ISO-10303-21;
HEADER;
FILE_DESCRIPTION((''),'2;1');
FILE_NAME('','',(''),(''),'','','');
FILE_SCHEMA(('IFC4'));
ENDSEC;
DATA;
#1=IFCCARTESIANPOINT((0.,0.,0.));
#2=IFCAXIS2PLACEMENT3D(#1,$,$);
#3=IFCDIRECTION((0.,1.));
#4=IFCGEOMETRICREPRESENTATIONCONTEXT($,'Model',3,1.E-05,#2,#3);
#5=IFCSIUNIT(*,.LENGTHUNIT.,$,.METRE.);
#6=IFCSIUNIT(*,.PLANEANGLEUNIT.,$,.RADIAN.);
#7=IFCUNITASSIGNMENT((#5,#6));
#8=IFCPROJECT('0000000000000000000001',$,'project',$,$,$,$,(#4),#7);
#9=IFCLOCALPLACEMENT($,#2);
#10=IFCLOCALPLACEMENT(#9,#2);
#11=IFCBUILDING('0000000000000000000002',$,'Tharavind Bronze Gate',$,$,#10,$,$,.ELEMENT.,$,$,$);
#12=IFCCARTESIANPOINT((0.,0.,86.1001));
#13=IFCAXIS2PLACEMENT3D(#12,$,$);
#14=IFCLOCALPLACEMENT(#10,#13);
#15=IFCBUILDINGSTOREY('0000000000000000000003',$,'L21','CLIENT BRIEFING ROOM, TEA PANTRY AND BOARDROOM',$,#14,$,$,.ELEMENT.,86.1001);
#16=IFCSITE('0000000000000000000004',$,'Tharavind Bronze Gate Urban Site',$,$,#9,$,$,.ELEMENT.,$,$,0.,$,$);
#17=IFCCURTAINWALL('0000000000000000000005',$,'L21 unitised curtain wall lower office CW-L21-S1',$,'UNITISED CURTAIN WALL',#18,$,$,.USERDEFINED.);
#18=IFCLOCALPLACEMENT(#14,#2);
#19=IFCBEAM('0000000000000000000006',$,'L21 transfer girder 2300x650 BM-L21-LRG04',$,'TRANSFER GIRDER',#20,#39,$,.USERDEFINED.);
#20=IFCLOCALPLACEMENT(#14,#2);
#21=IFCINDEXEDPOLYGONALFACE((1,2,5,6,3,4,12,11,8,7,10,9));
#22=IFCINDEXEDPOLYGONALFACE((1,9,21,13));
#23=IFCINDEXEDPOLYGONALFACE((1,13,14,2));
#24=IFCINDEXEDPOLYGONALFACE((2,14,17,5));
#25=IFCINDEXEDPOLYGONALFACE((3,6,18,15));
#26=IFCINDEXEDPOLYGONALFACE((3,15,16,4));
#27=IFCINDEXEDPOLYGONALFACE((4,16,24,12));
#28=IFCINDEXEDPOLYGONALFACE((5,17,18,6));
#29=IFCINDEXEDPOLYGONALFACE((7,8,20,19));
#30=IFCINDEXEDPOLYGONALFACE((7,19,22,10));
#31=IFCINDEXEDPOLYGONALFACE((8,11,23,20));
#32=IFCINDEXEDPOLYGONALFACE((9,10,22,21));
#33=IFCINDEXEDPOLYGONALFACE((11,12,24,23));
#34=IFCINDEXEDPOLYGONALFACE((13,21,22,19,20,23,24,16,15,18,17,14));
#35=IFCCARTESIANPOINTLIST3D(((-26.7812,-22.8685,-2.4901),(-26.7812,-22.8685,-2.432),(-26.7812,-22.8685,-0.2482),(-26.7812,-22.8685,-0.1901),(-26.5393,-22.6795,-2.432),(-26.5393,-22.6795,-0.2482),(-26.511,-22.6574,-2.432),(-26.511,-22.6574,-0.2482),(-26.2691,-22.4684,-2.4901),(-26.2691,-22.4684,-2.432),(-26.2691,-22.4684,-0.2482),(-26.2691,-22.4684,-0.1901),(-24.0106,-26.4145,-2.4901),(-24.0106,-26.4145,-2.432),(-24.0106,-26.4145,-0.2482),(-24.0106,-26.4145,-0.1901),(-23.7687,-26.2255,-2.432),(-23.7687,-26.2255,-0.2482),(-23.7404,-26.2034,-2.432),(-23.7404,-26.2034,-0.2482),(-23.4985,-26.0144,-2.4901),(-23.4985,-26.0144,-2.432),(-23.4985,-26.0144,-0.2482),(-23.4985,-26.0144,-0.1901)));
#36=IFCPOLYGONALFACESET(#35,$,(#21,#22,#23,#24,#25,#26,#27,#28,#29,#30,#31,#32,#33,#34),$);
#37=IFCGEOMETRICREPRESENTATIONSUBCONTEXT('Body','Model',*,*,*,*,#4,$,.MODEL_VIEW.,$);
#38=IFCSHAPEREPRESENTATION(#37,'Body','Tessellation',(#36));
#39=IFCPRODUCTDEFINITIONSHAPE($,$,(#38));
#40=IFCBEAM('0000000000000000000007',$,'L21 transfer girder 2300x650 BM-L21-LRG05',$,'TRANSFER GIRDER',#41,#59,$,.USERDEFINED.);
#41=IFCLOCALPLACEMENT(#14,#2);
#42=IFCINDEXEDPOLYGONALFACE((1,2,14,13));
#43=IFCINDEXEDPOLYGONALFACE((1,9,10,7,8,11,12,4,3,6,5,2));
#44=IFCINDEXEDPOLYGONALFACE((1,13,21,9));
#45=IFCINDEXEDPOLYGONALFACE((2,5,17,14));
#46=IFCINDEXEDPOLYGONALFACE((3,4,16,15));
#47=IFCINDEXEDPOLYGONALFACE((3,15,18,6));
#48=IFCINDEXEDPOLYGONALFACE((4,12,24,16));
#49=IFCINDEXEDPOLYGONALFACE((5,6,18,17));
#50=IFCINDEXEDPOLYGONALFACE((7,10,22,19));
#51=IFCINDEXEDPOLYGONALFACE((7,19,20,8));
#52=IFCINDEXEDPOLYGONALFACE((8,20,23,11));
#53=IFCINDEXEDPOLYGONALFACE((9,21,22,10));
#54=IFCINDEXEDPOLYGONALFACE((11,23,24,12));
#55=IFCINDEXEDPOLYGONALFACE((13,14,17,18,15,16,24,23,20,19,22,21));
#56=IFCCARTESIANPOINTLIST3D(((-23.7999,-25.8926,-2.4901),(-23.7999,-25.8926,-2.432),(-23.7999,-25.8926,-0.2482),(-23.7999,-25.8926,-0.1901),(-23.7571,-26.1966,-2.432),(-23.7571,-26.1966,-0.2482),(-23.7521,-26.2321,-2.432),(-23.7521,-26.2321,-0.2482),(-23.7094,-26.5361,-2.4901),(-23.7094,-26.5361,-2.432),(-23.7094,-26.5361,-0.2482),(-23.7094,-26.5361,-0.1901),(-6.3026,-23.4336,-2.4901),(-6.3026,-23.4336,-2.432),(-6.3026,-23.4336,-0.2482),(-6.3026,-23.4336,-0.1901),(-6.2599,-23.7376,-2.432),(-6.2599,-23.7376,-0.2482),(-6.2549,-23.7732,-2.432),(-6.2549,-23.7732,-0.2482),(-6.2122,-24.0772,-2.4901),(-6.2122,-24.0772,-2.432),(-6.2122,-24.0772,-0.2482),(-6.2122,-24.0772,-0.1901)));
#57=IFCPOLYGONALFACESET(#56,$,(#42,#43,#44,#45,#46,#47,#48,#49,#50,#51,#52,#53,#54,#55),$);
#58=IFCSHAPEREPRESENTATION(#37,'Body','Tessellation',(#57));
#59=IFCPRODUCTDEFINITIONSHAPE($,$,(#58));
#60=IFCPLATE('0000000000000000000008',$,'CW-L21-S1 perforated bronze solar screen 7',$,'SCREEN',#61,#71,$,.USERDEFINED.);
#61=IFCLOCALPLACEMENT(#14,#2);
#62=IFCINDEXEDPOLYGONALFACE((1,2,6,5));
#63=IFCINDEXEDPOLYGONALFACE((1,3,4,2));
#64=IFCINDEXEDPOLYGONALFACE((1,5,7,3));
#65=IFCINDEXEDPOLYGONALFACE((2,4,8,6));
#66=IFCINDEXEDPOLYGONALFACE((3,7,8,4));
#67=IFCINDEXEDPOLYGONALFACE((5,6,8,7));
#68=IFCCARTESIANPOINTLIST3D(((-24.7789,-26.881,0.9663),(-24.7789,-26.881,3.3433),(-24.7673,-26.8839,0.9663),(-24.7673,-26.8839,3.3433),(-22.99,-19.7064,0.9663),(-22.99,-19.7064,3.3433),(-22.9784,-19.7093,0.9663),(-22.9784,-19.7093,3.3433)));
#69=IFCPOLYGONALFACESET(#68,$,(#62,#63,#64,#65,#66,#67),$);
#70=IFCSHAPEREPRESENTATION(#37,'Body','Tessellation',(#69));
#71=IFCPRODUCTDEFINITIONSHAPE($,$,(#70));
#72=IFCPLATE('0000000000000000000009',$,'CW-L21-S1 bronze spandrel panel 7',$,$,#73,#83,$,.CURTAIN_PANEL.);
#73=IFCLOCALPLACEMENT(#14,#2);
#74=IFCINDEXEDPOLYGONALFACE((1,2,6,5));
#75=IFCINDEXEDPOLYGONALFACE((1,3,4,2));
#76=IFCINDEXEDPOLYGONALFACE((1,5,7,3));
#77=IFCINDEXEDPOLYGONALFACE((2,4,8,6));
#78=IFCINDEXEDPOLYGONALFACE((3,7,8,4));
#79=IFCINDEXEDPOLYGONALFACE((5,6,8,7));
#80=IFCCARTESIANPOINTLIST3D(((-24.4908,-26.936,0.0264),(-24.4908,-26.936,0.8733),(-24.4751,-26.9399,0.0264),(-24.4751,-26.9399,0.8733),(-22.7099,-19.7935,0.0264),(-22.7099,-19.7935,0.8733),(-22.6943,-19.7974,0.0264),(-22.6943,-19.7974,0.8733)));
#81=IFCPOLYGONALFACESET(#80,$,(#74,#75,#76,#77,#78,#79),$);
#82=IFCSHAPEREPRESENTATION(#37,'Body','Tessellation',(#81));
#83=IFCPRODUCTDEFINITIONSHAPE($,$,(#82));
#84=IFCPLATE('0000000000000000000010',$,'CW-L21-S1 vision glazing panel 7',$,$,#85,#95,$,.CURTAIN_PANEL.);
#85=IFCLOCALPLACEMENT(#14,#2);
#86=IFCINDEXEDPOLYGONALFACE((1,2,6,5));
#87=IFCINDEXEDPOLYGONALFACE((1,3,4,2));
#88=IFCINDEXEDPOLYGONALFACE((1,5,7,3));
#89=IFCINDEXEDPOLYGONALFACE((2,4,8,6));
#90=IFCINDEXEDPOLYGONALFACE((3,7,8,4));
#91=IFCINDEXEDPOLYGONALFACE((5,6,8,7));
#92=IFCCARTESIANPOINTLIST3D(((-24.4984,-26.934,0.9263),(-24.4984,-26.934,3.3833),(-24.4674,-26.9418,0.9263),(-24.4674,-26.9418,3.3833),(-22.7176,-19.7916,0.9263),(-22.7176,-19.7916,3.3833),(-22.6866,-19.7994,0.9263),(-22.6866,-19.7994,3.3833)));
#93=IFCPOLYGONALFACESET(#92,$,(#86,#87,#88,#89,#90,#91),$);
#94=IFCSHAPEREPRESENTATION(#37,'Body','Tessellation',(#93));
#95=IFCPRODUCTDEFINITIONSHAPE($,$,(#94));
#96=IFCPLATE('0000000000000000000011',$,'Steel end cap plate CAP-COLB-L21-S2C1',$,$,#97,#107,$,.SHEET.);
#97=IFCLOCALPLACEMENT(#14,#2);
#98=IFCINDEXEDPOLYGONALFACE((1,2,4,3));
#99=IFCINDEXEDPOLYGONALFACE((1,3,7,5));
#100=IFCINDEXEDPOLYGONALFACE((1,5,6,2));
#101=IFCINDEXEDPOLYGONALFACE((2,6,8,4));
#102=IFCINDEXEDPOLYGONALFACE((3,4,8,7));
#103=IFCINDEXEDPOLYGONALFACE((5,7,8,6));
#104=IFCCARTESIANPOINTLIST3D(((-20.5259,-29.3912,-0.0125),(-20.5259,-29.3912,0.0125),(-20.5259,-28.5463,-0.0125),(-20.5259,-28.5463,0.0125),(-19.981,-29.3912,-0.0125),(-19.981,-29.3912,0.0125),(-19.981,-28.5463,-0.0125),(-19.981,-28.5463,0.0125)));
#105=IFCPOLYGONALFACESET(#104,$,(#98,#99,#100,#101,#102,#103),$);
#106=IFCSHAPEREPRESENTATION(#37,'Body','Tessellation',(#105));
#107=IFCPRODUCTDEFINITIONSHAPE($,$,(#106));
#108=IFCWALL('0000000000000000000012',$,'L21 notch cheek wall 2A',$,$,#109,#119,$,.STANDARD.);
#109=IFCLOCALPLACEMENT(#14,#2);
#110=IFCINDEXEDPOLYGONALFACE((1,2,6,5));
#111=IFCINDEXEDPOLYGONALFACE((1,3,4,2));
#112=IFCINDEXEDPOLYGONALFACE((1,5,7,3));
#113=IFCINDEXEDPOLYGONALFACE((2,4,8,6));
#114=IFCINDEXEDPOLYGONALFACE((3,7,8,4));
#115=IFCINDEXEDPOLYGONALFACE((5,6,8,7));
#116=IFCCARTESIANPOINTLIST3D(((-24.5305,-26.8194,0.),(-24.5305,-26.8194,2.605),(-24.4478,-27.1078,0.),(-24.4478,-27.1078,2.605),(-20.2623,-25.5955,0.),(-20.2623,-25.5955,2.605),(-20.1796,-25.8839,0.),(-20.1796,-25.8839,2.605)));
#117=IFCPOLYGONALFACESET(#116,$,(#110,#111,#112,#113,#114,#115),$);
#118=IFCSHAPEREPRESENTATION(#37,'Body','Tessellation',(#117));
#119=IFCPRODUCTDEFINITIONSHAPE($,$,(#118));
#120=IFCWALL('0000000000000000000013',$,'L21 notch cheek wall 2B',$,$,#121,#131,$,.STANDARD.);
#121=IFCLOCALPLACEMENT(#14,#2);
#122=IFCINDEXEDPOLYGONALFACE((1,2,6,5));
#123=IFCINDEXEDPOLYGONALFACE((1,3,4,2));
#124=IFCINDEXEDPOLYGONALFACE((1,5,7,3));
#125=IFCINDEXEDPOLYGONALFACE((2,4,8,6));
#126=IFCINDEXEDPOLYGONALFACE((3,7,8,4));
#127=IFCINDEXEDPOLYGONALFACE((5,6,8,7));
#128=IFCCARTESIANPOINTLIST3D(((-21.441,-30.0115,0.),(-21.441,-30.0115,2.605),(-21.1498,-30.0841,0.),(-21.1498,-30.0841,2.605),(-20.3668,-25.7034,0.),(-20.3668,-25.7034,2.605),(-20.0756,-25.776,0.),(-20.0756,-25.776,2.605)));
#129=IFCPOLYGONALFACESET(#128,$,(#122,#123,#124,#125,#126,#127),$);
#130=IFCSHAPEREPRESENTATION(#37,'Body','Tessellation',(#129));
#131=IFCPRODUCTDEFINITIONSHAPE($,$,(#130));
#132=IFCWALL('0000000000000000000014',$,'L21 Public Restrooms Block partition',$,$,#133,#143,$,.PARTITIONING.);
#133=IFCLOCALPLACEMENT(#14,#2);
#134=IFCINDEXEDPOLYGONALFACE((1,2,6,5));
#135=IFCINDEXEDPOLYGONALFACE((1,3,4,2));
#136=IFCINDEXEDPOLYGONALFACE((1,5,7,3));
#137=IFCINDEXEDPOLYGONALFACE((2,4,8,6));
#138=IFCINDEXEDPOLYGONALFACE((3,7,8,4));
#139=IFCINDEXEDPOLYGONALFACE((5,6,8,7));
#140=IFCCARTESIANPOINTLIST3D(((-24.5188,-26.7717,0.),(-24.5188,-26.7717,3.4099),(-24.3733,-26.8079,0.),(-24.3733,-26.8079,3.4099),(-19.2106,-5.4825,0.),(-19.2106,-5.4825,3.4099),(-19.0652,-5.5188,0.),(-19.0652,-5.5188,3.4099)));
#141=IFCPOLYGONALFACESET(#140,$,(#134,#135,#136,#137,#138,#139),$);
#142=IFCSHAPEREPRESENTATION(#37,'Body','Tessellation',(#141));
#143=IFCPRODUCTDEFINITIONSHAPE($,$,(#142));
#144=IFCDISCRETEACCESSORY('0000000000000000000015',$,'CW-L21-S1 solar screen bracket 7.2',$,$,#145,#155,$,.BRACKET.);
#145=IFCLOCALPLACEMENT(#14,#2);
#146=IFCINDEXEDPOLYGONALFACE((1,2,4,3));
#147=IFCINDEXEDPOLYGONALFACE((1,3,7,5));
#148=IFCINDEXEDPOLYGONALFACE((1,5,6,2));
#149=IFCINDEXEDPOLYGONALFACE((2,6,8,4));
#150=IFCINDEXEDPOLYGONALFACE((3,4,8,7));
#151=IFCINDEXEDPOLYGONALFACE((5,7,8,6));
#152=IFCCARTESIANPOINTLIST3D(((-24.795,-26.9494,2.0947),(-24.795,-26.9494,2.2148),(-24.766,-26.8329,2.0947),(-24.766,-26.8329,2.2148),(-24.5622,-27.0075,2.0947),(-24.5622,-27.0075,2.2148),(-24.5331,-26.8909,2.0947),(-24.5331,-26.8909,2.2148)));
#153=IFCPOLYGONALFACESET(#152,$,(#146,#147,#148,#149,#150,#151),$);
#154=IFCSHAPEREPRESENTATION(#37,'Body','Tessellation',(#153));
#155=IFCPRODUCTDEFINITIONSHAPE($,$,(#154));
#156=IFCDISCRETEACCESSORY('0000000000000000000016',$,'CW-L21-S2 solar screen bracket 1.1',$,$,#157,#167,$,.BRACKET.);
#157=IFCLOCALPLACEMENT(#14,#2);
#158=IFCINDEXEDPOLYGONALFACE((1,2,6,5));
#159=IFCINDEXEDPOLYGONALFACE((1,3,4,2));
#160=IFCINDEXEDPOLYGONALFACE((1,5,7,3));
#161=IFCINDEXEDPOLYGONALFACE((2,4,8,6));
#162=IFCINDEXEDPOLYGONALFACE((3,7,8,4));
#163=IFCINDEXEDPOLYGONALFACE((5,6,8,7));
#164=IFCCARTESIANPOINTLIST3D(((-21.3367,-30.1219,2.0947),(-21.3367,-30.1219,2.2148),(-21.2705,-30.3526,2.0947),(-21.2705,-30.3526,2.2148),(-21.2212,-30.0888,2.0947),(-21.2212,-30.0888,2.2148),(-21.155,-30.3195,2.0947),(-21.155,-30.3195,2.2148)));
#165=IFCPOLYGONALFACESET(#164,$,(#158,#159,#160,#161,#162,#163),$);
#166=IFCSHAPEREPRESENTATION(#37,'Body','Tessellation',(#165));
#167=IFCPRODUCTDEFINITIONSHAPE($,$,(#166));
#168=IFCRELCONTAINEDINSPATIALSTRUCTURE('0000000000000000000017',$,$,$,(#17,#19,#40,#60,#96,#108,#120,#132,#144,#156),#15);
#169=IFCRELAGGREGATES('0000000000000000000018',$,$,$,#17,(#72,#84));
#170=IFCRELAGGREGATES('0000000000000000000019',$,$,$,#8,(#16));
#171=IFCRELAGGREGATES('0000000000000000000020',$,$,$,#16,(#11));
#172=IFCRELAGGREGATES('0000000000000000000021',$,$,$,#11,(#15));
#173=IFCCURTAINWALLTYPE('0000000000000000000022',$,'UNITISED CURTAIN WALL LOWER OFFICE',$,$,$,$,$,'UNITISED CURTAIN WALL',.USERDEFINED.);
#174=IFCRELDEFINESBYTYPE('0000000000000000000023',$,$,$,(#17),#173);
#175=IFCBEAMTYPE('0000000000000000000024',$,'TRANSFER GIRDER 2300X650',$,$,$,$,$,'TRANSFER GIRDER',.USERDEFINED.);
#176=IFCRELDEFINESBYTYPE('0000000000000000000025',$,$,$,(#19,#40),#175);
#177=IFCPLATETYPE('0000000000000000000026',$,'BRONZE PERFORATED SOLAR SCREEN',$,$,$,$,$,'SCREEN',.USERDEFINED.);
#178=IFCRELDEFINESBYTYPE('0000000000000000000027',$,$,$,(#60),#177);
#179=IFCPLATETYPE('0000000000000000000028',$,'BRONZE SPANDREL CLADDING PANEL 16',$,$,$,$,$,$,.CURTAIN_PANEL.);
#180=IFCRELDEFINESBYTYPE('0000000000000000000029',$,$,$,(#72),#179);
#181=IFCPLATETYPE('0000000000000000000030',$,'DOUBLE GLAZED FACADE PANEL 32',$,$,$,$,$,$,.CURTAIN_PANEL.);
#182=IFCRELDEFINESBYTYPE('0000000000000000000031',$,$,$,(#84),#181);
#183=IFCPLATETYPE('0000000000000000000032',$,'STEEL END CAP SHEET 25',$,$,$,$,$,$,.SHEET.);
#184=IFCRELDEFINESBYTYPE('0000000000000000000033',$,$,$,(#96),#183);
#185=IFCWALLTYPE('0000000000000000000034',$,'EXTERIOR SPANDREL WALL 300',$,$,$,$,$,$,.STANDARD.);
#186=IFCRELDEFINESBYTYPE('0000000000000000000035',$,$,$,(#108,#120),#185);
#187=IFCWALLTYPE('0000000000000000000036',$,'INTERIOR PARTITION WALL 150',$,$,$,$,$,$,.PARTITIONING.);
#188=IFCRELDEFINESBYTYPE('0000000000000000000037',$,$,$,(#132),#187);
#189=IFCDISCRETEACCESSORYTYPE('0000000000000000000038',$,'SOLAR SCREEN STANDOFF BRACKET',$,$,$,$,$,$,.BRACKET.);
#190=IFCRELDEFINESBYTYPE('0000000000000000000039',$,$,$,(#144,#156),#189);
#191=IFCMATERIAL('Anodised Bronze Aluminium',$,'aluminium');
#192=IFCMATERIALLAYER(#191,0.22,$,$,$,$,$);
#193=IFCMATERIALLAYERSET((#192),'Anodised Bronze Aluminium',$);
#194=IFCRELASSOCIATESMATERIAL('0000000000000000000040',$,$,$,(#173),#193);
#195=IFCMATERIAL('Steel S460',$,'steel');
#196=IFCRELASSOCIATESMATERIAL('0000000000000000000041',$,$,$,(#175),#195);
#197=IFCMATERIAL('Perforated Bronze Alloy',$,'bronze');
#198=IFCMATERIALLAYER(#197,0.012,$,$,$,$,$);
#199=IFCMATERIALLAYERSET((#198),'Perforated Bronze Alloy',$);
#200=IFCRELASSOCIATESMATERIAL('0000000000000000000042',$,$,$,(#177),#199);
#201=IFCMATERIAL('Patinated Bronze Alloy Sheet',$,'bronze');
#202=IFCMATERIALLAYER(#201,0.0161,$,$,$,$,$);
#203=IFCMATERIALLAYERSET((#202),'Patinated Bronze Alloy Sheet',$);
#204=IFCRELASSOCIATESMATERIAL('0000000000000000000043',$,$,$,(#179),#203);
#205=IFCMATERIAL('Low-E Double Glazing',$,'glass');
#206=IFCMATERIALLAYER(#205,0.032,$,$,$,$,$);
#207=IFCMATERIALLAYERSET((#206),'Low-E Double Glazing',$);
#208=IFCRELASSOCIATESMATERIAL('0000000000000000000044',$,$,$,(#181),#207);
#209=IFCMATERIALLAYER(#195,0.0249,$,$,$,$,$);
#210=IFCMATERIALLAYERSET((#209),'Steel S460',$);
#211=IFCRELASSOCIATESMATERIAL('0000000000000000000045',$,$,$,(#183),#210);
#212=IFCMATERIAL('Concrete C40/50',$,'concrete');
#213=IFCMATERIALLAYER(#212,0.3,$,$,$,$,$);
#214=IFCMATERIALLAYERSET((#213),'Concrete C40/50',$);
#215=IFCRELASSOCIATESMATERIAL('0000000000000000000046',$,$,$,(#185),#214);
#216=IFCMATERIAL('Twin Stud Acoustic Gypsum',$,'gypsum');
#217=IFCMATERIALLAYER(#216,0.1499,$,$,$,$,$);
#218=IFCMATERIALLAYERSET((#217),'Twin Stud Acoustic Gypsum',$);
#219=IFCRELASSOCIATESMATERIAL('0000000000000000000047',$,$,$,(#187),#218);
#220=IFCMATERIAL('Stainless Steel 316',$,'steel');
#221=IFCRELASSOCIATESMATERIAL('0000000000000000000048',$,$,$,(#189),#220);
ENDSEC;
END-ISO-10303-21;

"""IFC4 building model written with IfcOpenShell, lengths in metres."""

from ifc_helpers import new_model, si_unit, direction, frame, frame_2d, origin, origin_2d, place, context, subcontext, project, spatial, rectangle, i_section, extrude, material, layer, layer_set, material_profile, profile_set, type_object, element, aggregate, save


model = new_model("IFC4")

# Units and contexts
model_context = context("Model", 3, precision=1e-05, world=origin(), true_north=direction((0.0, 1.0)))
body_context = subcontext(model_context, "Body", "Model", "MODEL_VIEW")
ifc_project = project(units=[si_unit("LENGTHUNIT", "METRE"), si_unit("PLANEANGLEUNIT", "RADIAN")], contexts=[model_context])

# Site, building, storey
site_placement = place(None, origin())
site = spatial("IfcSite", under=ifc_project, at=site_placement, Name="Tharavind Bronze Gate Urban Site", CompositionType="ELEMENT", RefElevation=0.0)
building_placement = place(site_placement, origin())
building = spatial("IfcBuilding", under=site, at=building_placement, Name="Tharavind Bronze Gate", CompositionType="ELEMENT")
storey_placement = place(building_placement, frame((0.0, 0.0, 86.1001)))
storey = spatial("IfcBuildingStorey", under=building, at=storey_placement, Name="L21", Description="CLIENT BRIEFING ROOM, TEA PANTRY AND BOARDROOM", CompositionType="ELEMENT", Elevation=86.1001)

# Shared definitions
ifc_material_1 = material(Name="Steel S460", Category="steel")

# Curtain wall
ifc_material_2 = material(Name="Anodised Bronze Aluminium", Category="aluminium")
ifc_layer_1 = layer(ifc_material_2, 0.22)
ifc_layer_set_1 = layer_set([ifc_layer_1], Name="Anodised Bronze Aluminium")
curtain_wall_type = type_object("IfcCurtainWallType", Name="UNITISED CURTAIN WALL LOWER OFFICE", ElementType="UNITISED CURTAIN WALL", PredefinedType="USERDEFINED", material=ifc_layer_set_1)
curtain_wall_1_placement = place(storey_placement, origin())
curtain_wall_1 = element("IfcCurtainWall", 1, at=curtain_wall_1_placement, inside=storey, type_object=curtain_wall_type, Name="L21 unitised curtain wall lower office CW-L21-S1", ObjectType="UNITISED CURTAIN WALL", PredefinedType="USERDEFINED")

# Beams
ifc_material_profile_1 = material_profile(ifc_material_1, i_section(OverallWidth=0.6499, OverallDepth=2.3, WebThickness=0.0359, FlangeThickness=0.0581, at=origin_2d()), Name="PG2300X650")
ifc_profile_set_1 = profile_set([ifc_material_profile_1], Name="Steel S460")
beam_type_1 = type_object("IfcBeamType", Name="TRANSFER GIRDER 2300X650", ElementType="TRANSFER GIRDER", PredefinedType="USERDEFINED", material=ifc_profile_set_1)
beam_1_placement = place(storey_placement, frame((-26.5251, -22.6685, -1.3401), z_axis=(0.615682, -0.787995, 0.0), x_axis=(0.787995, 0.615682, 0.0)))
element("IfcBeam", 2, at=beam_1_placement, inside=storey, type_object=beam_type_1, Name="L21 transfer girder 2300x650 BM-L21-LRG04", ObjectType="TRANSFER GIRDER", PredefinedType="USERDEFINED", context=body_context, shape_type="SweptSolid", body=[
    extrude(i_section(OverallWidth=0.6499, OverallDepth=2.3, WebThickness=0.0359, FlangeThickness=0.0581, at=origin_2d()), origin(), (0.0, 0.0, 1.0), 4.5),
])
beam_2_placement = place(storey_placement, frame((-23.7546, -26.2144, -1.3401), z_axis=(0.990269, 0.139167, 0.0), x_axis=(-0.139167, 0.990269, 0.0)))
element("IfcBeam", 3, at=beam_2_placement, inside=storey, type_object=beam_type_1, Name="L21 transfer girder 2300x650 BM-L21-LRG05", ObjectType="TRANSFER GIRDER", PredefinedType="USERDEFINED", context=body_context, shape_type="SweptSolid", body=[
    extrude(i_section(OverallWidth=0.6499, OverallDepth=2.3, WebThickness=0.0359, FlangeThickness=0.0581, at=origin_2d()), origin(), (0.0, 0.0, 1.0), 17.6692),
])

# Plates
ifc_material_3 = material(Name="Perforated Bronze Alloy", Category="bronze")
ifc_layer_2 = layer(ifc_material_3, 0.012)
ifc_layer_set_2 = layer_set([ifc_layer_2], Name="Perforated Bronze Alloy")
plate_type_1 = type_object("IfcPlateType", Name="BRONZE PERFORATED SOLAR SCREEN", ElementType="SCREEN", PredefinedType="USERDEFINED", material=ifc_layer_set_2)
plate_1_placement = place(storey_placement, frame((-23.8787, -23.2952, 0.9663), z_axis=(0.0, 0.0, 1.0), x_axis=(-0.241922, -0.970296, 0.0)))
element("IfcPlate", 4, at=plate_1_placement, inside=storey, type_object=plate_type_1, Name="CW-L21-S1 perforated bronze solar screen 7", ObjectType="SCREEN", PredefinedType="USERDEFINED", context=body_context, shape_type="SweptSolid", body=[
    extrude(rectangle(XDim=7.3943, YDim=0.012, at=origin_2d()), origin(), (0.0, 0.0, 1.0), 2.377),
])
ifc_material_4 = material(Name="Patinated Bronze Alloy Sheet", Category="bronze")
ifc_layer_3 = layer(ifc_material_4, 0.0161)
ifc_layer_set_3 = layer_set([ifc_layer_3], Name="Patinated Bronze Alloy Sheet")
plate_type_2 = type_object("IfcPlateType", Name="BRONZE SPANDREL CLADDING PANEL 16", PredefinedType="CURTAIN_PANEL", material=ifc_layer_set_3)
plate_2_placement = place(storey_placement, frame((-23.5925, -23.3667, 0.0264), z_axis=(0.0, 0.0, 1.0), x_axis=(-0.241922, -0.970296, 0.0)))
plate_2 = element("IfcPlate", 5, at=plate_2_placement, type_object=plate_type_2, Name="CW-L21-S1 bronze spandrel panel 7", PredefinedType="CURTAIN_PANEL", context=body_context, shape_type="SweptSolid", body=[
    extrude(rectangle(XDim=7.3611, YDim=0.0161, at=origin_2d()), origin(), (0.0, 0.0, 1.0), 0.8469),
])
ifc_material_5 = material(Name="Low-E Double Glazing", Category="glass")
ifc_layer_4 = layer(ifc_material_5, 0.032)
ifc_layer_set_4 = layer_set([ifc_layer_4], Name="Low-E Double Glazing")
plate_type_3 = type_object("IfcPlateType", Name="DOUBLE GLAZED FACADE PANEL 32", PredefinedType="CURTAIN_PANEL", material=ifc_layer_set_4)
plate_3_placement = place(storey_placement, frame((-23.5925, -23.3667, 0.9263), z_axis=(0.0, 0.0, 1.0), x_axis=(-0.241922, -0.970296, 0.0)))
plate_3 = element("IfcPlate", 6, at=plate_3_placement, type_object=plate_type_3, Name="CW-L21-S1 vision glazing panel 7", PredefinedType="CURTAIN_PANEL", context=body_context, shape_type="SweptSolid", body=[
    extrude(rectangle(XDim=7.3611, YDim=0.032, at=origin_2d()), origin(), (0.0, 0.0, 1.0), 2.457),
])
aggregate(curtain_wall_1, [plate_2, plate_3])
ifc_layer_5 = layer(ifc_material_1, 0.0249)
ifc_layer_set_5 = layer_set([ifc_layer_5], Name="Steel S460")
plate_type_4 = type_object("IfcPlateType", Name="STEEL END CAP SHEET 25", PredefinedType="SHEET", material=ifc_layer_set_5)
plate_4_placement = place(storey_placement, frame((-20.2534, -28.9688, -0.0125), z_axis=(0.0, 0.0, 1.0), x_axis=(1.0, 0.0, 0.0)))
element("IfcPlate", 7, at=plate_4_placement, inside=storey, type_object=plate_type_4, Name="Steel end cap plate CAP-COLB-L21-S2C1", PredefinedType="SHEET", context=body_context, shape_type="SweptSolid", body=[
    extrude(rectangle(XDim=0.5449, YDim=0.845, at=origin_2d()), origin(), (0.0, 0.0, 1.0), 0.0249),
])

# Walls
ifc_material_6 = material(Name="Concrete C40/50", Category="concrete")
ifc_layer_6 = layer(ifc_material_6, 0.3)
ifc_layer_set_6 = layer_set([ifc_layer_6], Name="Concrete C40/50")
wall_type_1 = type_object("IfcWallType", Name="EXTERIOR SPANDREL WALL 300", PredefinedType="STANDARD", material=ifc_layer_set_6)
wall_1_placement = place(storey_placement, frame((-24.4893, -26.9636, 0.0), z_axis=(0.0, 0.0, 1.0), x_axis=(0.96126, 0.275643, 0.0)))
element("IfcWall", 8, at=wall_1_placement, inside=storey, type_object=wall_type_1, Name="L21 notch cheek wall 2A", PredefinedType="STANDARD", context=body_context, shape_type="SweptSolid", body=[
    extrude(rectangle(XDim=4.4402, YDim=0.3, at=frame_2d((2.2202, 0.0))), origin(), (0.0, 0.0, 1.0), 2.605),
])
wall_2_placement = place(storey_placement, frame((-20.2212, -25.7397, 0.0), z_axis=(0.0, 0.0, 1.0), x_axis=(-0.24194, -0.970291, 0.0)))
element("IfcWall", 9, at=wall_2_placement, inside=storey, type_object=wall_type_1, Name="L21 notch cheek wall 2B", PredefinedType="STANDARD", context=body_context, shape_type="SweptSolid", body=[
    extrude(rectangle(XDim=4.4399, YDim=0.3, at=frame_2d((2.22, 0.0))), origin(), (0.0, 0.0, 1.0), 2.605),
])
ifc_material_7 = material(Name="Twin Stud Acoustic Gypsum", Category="gypsum")
ifc_layer_7 = layer(ifc_material_7, 0.1499)
ifc_layer_set_7 = layer_set([ifc_layer_7], Name="Twin Stud Acoustic Gypsum")
wall_type_2 = type_object("IfcWallType", Name="INTERIOR PARTITION WALL 150", PredefinedType="PARTITIONING", material=ifc_layer_set_7)
wall_3_placement = place(storey_placement, frame((-24.446, -26.7898, 0.0), z_axis=(0.0, 0.0, 1.0), x_axis=(0.241928, 0.970294, 0.0)))
element("IfcWall", 10, at=wall_3_placement, inside=storey, type_object=wall_type_2, Name="L21 Public Restrooms Block partition", PredefinedType="PARTITIONING", context=body_context, shape_type="SweptSolid", body=[
    extrude(rectangle(XDim=21.9409, YDim=0.1499, at=frame_2d((10.9705, 0.0))), origin(), (0.0, 0.0, 1.0), 3.4099),
])

# Discrete accessories
ifc_material_8 = material(Name="Stainless Steel 316", Category="steel")
discrete_accessory_type = type_object("IfcDiscreteAccessoryType", Name="SOLAR SCREEN STANDOFF BRACKET", PredefinedType="BRACKET", material=ifc_material_8)
for number, where, z_axis, x_axis, name in (
    (11, (-24.6641, -26.9202, 2.0947), (0.0, 0.0, 1.0), (-0.241922, -0.970296, 0.0), "CW-L21-S1 solar screen bracket 7.2"),
    (12, (-21.2458, -30.2207, 2.0947), (0.0, 0.0, 1.0), (0.961262, 0.275637, 0.0), "CW-L21-S2 solar screen bracket 1.1"),
):
    element("IfcDiscreteAccessory", number, at=place(storey_placement, frame(where, z_axis=z_axis, x_axis=x_axis)), inside=storey, type_object=discrete_accessory_type, Name=name, PredefinedType="BRACKET", context=body_context, shape_type="SweptSolid", body=[
        extrude(rectangle(XDim=0.1201, YDim=0.24, at=origin_2d()), origin(), (0.0, 0.0, 1.0), 0.1201),
    ])

save(model, "model.ifc")
